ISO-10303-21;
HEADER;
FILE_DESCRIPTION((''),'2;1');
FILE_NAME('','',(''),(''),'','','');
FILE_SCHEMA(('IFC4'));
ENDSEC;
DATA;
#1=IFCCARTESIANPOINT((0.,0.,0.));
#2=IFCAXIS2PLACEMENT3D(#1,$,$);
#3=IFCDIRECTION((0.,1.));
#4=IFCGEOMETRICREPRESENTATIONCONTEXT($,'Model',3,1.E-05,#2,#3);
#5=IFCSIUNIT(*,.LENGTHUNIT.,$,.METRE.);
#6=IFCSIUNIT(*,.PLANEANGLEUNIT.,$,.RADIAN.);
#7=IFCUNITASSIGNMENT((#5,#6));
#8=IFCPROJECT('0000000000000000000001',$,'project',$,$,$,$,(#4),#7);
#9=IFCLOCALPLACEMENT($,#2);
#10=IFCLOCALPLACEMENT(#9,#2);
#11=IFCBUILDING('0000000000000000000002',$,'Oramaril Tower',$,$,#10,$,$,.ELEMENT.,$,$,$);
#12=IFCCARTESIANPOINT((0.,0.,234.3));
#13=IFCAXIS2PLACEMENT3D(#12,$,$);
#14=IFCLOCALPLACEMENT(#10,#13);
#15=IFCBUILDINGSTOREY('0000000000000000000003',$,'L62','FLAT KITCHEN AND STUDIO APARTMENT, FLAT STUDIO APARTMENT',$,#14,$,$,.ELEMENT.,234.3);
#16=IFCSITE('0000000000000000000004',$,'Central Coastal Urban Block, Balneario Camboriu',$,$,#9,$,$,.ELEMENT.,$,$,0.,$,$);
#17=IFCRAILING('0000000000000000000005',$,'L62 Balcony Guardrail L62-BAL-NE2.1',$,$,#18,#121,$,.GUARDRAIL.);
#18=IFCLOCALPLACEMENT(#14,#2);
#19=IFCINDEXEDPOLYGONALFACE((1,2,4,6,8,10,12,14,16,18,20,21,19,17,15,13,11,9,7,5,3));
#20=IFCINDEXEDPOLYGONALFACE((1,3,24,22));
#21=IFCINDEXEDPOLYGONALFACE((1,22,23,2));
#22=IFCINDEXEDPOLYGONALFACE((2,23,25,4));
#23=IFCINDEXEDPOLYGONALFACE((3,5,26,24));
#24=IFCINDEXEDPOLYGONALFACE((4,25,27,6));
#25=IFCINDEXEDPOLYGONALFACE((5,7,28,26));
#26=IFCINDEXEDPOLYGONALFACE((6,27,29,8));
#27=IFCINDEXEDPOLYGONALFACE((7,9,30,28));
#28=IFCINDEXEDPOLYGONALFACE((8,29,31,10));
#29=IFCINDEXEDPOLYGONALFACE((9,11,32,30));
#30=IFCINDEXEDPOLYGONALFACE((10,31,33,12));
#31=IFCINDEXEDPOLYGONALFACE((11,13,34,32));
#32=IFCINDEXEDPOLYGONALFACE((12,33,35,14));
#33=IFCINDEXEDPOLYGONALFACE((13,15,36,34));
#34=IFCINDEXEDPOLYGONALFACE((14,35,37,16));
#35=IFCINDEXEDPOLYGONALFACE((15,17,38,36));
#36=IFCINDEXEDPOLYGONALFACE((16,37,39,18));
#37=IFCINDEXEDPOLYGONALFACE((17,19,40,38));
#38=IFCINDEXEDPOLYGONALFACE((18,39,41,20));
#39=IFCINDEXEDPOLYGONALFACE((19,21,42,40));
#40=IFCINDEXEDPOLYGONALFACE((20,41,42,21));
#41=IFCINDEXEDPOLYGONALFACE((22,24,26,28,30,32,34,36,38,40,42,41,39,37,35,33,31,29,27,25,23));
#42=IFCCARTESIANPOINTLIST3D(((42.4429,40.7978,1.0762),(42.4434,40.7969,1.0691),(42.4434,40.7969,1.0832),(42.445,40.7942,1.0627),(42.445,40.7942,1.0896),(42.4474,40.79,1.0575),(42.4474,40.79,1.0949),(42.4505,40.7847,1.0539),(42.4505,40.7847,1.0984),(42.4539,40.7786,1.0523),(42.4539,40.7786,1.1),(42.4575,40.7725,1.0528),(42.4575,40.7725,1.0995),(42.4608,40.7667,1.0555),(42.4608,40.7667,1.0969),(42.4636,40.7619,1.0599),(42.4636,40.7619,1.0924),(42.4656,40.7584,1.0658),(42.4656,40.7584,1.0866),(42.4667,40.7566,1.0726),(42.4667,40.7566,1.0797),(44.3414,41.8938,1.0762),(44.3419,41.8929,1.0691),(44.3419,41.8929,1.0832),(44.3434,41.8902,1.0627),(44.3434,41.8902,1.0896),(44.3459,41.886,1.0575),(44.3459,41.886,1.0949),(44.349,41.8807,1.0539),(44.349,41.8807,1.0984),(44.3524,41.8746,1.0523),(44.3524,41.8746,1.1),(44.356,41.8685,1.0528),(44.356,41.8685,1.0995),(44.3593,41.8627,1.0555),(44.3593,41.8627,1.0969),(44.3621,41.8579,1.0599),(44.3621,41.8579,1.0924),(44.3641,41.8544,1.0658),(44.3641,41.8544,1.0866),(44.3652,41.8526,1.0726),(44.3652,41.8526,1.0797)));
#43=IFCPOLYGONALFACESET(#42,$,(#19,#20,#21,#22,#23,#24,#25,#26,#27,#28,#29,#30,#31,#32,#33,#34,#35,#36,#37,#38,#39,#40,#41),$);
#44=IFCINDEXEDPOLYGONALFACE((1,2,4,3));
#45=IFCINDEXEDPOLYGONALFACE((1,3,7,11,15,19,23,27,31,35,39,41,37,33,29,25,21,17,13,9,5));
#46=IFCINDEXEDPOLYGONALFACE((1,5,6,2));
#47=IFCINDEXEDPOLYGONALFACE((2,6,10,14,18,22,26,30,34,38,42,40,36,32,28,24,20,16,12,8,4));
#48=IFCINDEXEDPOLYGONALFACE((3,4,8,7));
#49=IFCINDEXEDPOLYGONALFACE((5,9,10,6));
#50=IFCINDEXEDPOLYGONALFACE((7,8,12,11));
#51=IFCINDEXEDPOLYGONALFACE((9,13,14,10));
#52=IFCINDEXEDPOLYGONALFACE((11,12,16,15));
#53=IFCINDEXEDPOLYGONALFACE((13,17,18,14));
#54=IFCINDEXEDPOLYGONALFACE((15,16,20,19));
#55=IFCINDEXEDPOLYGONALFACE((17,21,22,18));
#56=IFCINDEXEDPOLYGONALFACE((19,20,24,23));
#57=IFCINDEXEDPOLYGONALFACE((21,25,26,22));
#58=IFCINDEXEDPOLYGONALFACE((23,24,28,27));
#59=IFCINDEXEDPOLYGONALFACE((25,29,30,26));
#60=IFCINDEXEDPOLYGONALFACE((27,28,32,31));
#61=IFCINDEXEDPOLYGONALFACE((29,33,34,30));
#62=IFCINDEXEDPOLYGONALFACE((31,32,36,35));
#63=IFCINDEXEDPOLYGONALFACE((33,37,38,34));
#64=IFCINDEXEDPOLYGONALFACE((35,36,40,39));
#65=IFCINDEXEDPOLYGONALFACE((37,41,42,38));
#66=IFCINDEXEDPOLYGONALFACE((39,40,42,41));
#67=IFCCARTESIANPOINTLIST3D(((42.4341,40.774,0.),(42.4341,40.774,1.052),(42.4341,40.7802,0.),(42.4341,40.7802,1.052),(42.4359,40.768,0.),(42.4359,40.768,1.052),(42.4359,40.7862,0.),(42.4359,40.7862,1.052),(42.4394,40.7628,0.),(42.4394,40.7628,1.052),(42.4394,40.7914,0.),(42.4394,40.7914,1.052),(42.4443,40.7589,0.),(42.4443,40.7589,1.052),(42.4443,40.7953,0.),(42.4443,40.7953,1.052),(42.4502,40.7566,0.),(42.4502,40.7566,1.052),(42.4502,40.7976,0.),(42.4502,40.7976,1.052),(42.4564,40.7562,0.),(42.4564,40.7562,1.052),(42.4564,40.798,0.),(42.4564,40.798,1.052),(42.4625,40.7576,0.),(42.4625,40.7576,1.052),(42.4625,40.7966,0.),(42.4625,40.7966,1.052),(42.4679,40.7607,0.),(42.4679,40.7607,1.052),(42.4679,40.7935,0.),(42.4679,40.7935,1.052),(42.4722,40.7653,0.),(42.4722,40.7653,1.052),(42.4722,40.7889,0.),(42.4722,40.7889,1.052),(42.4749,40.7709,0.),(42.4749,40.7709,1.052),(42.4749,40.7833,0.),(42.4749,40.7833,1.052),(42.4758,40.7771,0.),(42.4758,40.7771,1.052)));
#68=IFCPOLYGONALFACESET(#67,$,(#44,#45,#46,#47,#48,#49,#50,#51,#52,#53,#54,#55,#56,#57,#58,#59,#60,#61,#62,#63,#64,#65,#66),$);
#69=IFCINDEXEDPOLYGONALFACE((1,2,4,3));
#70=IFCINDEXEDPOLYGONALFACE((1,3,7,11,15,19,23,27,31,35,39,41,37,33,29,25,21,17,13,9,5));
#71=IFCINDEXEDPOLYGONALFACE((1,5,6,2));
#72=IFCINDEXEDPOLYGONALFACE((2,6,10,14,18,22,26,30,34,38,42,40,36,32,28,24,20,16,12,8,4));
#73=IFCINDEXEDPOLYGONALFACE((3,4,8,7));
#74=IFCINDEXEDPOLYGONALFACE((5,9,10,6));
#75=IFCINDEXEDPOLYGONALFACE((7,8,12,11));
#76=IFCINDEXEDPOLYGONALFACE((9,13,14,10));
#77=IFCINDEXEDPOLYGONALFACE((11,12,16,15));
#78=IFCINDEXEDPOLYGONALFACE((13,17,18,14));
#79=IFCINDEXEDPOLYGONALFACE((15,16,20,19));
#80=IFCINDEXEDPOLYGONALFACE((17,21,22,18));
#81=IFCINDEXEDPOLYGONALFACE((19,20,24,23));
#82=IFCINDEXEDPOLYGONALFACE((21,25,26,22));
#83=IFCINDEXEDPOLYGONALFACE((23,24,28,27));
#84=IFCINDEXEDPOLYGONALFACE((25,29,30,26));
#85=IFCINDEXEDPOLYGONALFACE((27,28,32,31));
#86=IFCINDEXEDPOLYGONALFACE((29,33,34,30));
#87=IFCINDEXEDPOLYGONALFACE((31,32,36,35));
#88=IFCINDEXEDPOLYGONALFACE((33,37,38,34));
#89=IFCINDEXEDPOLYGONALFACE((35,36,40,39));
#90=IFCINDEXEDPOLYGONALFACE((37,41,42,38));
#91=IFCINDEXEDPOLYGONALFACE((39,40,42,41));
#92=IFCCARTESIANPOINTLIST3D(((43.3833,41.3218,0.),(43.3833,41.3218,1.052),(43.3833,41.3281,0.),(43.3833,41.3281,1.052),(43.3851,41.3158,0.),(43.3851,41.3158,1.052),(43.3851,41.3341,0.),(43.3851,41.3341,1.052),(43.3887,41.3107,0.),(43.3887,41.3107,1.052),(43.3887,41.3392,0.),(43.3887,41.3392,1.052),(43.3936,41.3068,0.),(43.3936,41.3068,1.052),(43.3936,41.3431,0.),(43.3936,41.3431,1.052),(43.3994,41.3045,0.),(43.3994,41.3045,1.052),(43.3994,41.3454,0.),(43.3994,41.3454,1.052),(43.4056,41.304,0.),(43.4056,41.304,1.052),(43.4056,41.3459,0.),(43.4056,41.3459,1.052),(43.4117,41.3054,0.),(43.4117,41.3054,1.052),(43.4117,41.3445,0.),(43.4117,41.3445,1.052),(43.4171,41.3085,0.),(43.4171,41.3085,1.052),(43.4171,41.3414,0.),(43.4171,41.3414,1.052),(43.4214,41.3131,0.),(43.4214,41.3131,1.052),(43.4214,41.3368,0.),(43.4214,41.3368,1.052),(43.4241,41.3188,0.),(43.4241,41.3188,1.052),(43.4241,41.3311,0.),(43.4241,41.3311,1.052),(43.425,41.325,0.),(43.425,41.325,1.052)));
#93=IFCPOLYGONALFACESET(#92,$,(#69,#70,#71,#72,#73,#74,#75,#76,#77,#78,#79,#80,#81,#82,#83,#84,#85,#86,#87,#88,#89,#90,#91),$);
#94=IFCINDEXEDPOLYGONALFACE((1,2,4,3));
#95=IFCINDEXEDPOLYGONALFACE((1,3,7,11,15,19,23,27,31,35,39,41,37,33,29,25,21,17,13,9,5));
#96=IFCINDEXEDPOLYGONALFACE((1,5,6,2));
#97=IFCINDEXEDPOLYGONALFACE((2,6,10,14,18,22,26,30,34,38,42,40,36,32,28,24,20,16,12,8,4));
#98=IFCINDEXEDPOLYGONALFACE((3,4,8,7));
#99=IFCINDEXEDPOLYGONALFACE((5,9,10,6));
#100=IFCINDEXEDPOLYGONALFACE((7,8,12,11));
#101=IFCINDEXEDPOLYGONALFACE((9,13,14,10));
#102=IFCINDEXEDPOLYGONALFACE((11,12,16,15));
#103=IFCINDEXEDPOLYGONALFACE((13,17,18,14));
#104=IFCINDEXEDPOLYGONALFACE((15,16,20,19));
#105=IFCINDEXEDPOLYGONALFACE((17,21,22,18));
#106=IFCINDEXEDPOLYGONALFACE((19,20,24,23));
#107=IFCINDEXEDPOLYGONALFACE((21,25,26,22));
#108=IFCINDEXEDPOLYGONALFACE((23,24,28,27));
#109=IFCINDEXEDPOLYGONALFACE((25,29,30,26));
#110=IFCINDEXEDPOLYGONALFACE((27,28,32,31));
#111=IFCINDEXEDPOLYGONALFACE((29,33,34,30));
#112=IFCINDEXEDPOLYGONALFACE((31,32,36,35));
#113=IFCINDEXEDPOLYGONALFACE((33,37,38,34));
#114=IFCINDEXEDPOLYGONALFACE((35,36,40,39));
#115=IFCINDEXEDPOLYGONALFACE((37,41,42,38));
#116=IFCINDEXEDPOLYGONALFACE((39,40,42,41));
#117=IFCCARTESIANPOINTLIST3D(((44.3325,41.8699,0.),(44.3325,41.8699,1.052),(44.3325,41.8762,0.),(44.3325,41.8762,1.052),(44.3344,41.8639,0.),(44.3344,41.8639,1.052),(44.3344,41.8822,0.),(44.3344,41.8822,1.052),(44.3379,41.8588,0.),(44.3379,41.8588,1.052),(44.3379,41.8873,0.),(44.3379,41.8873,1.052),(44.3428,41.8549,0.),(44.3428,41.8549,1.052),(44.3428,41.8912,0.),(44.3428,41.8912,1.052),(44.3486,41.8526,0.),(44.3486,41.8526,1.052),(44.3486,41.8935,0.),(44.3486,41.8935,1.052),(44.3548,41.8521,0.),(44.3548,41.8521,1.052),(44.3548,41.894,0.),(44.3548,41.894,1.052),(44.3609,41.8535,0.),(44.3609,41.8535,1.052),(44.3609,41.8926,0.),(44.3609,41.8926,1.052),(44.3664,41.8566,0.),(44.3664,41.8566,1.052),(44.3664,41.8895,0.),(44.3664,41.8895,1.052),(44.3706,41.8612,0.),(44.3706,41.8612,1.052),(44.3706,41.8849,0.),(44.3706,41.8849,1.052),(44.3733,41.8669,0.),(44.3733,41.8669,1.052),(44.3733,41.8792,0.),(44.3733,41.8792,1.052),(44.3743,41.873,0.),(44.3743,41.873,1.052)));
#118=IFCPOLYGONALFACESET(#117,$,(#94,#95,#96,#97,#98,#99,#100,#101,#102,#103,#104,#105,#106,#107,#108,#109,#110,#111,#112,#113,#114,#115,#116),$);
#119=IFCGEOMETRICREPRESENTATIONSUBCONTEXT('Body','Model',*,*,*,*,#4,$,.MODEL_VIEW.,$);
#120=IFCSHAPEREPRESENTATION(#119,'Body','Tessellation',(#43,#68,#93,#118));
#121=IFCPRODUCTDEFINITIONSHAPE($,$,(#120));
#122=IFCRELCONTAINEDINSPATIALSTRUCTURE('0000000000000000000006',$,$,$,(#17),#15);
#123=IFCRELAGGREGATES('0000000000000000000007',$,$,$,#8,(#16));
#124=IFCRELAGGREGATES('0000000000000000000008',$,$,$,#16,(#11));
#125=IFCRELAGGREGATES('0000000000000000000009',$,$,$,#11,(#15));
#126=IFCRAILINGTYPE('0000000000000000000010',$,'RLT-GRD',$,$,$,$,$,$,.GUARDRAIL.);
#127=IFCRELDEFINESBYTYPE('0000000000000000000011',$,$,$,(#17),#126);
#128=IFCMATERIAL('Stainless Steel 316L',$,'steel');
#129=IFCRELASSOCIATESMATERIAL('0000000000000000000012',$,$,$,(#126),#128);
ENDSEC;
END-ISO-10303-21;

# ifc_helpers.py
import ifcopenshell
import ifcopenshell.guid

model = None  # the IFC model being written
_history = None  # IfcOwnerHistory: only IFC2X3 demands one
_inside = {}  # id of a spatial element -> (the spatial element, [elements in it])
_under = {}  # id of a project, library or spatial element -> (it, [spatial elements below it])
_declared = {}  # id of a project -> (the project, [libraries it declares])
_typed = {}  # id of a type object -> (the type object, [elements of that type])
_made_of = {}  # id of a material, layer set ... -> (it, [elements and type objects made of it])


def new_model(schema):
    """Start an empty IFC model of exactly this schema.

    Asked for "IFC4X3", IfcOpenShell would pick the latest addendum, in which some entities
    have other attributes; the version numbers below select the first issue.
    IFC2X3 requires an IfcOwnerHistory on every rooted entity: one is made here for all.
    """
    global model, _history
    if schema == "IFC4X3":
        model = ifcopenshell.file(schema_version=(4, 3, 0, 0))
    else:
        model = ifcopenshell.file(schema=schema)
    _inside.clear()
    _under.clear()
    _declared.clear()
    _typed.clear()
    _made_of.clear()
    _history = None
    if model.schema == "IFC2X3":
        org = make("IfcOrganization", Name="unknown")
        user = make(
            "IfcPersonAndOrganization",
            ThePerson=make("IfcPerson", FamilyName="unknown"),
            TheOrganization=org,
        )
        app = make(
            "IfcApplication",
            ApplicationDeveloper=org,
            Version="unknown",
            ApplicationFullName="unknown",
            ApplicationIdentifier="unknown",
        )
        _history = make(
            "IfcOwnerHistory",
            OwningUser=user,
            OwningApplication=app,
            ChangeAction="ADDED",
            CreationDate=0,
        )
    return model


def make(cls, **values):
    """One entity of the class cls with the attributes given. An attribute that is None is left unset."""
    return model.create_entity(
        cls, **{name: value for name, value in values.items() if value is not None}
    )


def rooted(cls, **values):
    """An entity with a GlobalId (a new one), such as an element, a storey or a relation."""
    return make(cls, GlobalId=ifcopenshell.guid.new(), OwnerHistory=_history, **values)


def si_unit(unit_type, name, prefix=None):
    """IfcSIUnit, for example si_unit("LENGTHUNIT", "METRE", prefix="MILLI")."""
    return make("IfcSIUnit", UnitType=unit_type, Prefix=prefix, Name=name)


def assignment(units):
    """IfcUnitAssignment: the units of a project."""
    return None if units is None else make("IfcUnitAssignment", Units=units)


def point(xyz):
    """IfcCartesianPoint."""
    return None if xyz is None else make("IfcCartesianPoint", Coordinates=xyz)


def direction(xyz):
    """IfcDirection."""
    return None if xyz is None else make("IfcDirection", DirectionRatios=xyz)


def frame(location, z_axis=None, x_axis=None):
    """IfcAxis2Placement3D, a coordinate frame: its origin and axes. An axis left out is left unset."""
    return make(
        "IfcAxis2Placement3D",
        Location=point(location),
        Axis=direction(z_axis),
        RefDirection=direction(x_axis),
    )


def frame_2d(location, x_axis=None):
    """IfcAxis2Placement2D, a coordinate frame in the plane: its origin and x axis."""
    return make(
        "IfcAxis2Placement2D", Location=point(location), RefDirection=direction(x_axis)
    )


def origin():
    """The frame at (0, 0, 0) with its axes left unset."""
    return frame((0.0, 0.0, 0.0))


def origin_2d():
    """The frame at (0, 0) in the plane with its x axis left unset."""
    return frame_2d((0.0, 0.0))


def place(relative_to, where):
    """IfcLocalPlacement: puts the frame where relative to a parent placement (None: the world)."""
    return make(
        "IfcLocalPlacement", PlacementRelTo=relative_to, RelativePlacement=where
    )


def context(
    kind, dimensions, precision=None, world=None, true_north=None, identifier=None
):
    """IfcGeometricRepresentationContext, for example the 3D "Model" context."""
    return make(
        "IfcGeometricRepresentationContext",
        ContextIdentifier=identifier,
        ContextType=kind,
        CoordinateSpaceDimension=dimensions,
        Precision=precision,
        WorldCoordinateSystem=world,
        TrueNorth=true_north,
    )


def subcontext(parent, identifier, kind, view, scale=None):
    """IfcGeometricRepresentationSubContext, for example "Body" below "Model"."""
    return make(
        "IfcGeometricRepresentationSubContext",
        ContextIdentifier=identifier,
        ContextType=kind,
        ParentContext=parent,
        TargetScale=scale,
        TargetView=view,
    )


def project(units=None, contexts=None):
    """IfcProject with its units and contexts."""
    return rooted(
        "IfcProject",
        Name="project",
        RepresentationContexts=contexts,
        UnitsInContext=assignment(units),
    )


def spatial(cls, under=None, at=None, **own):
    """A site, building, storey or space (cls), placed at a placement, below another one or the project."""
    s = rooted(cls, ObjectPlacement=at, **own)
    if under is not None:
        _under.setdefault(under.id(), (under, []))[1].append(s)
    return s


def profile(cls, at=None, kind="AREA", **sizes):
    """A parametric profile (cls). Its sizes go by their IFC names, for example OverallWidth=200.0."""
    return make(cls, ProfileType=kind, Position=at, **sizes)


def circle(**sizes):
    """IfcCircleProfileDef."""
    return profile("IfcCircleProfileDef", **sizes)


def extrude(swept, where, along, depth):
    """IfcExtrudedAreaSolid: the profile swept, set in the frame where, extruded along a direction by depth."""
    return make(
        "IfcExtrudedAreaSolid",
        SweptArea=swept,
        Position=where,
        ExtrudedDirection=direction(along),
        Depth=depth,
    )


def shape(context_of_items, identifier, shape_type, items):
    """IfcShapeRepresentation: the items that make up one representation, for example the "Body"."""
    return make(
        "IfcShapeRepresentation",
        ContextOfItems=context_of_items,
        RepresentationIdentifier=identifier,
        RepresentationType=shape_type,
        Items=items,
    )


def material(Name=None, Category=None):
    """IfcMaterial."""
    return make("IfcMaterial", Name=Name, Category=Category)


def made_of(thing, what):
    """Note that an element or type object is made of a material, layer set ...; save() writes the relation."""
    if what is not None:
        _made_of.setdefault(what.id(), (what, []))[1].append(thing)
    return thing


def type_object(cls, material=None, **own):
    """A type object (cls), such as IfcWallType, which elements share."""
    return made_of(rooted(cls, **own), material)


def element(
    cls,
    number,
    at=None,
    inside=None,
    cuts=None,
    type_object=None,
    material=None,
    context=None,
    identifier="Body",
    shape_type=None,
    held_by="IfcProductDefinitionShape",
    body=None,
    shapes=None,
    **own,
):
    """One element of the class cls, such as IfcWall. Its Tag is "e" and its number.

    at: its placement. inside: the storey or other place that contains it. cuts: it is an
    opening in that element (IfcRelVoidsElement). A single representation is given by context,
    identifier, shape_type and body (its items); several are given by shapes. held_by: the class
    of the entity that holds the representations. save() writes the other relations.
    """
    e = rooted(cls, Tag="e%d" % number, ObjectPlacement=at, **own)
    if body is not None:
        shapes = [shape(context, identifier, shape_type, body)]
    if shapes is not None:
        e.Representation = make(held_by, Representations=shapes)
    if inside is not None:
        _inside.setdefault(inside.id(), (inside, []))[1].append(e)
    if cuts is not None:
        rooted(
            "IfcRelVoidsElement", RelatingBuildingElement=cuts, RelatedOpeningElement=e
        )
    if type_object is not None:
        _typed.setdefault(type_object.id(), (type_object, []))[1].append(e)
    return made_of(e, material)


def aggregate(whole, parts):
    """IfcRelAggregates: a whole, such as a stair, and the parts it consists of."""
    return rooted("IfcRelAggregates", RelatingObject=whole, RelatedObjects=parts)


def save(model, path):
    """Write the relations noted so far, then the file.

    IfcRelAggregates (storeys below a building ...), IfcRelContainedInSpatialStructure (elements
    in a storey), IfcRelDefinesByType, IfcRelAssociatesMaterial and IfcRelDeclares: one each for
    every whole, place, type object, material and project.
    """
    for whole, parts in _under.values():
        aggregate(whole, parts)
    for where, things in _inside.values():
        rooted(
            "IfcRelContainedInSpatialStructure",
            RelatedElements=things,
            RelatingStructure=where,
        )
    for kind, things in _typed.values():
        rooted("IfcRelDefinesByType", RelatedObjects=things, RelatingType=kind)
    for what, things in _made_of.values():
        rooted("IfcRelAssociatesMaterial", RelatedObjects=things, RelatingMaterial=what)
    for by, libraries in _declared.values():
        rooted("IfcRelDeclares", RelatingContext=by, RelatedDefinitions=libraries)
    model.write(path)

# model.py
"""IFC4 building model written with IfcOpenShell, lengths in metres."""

from ifc_helpers import new_model, si_unit, direction, frame, origin, origin_2d, place, context, subcontext, project, spatial, circle, extrude, material, type_object, element, save


model = new_model("IFC4")

# Units and contexts
model_context = context("Model", 3, precision=1e-05, world=origin(), true_north=direction((0.0, 1.0)))
body_context = subcontext(model_context, "Body", "Model", "MODEL_VIEW")
ifc_project = project(units=[si_unit("LENGTHUNIT", "METRE"), si_unit("PLANEANGLEUNIT", "RADIAN")], contexts=[model_context])

# Site, building, storey
site_placement = place(None, origin())
site = spatial("IfcSite", under=ifc_project, at=site_placement, Name="Central Coastal Urban Block, Balneario Camboriu", CompositionType="ELEMENT", RefElevation=0.0)
building_placement = place(site_placement, origin())
building = spatial("IfcBuilding", under=site, at=building_placement, Name="Oramaril Tower", CompositionType="ELEMENT")
storey_placement = place(building_placement, frame((0.0, 0.0, 234.3)))
storey = spatial("IfcBuildingStorey", under=building, at=storey_placement, Name="L62", Description="FLAT KITCHEN AND STUDIO APARTMENT, FLAT STUDIO APARTMENT", CompositionType="ELEMENT", Elevation=234.3)

# Railing
ifc_material_1 = material(Name="Stainless Steel 316L", Category="steel")
railing_type = type_object("IfcRailingType", Name="RLT-GRD", PredefinedType="GUARDRAIL", material=ifc_material_1)
railing_placement = place(storey_placement, frame((42.4548, 40.7771, 0.0)))
element("IfcRailing", 1, at=railing_placement, inside=storey, type_object=railing_type, Name="L62 Balcony Guardrail L62-BAL-NE2.1", PredefinedType="GUARDRAIL", context=body_context, shape_type="SweptSolid", body=[
    extrude(circle(Radius=0.0239, at=origin_2d()), frame((0.0, 0.0, 1.0762), z_axis=(0.866048, 0.49996, 0.0), x_axis=(-0.49996, 0.866048, 0.0)), (0.0, 0.0, 1.0), 2.1921),
    extrude(circle(Radius=0.021, at=origin_2d()), origin(), (0.0, 0.0, 1.0), 1.052),
    extrude(circle(Radius=0.021, at=origin_2d()), frame((0.9492, 0.5479, 0.0)), (0.0, 0.0, 1.0), 1.052),
    extrude(circle(Radius=0.021, at=origin_2d()), frame((1.8984, 1.0959, 0.0)), (0.0, 0.0, 1.0), 1.052),
])

save(model, "model.ifc")
